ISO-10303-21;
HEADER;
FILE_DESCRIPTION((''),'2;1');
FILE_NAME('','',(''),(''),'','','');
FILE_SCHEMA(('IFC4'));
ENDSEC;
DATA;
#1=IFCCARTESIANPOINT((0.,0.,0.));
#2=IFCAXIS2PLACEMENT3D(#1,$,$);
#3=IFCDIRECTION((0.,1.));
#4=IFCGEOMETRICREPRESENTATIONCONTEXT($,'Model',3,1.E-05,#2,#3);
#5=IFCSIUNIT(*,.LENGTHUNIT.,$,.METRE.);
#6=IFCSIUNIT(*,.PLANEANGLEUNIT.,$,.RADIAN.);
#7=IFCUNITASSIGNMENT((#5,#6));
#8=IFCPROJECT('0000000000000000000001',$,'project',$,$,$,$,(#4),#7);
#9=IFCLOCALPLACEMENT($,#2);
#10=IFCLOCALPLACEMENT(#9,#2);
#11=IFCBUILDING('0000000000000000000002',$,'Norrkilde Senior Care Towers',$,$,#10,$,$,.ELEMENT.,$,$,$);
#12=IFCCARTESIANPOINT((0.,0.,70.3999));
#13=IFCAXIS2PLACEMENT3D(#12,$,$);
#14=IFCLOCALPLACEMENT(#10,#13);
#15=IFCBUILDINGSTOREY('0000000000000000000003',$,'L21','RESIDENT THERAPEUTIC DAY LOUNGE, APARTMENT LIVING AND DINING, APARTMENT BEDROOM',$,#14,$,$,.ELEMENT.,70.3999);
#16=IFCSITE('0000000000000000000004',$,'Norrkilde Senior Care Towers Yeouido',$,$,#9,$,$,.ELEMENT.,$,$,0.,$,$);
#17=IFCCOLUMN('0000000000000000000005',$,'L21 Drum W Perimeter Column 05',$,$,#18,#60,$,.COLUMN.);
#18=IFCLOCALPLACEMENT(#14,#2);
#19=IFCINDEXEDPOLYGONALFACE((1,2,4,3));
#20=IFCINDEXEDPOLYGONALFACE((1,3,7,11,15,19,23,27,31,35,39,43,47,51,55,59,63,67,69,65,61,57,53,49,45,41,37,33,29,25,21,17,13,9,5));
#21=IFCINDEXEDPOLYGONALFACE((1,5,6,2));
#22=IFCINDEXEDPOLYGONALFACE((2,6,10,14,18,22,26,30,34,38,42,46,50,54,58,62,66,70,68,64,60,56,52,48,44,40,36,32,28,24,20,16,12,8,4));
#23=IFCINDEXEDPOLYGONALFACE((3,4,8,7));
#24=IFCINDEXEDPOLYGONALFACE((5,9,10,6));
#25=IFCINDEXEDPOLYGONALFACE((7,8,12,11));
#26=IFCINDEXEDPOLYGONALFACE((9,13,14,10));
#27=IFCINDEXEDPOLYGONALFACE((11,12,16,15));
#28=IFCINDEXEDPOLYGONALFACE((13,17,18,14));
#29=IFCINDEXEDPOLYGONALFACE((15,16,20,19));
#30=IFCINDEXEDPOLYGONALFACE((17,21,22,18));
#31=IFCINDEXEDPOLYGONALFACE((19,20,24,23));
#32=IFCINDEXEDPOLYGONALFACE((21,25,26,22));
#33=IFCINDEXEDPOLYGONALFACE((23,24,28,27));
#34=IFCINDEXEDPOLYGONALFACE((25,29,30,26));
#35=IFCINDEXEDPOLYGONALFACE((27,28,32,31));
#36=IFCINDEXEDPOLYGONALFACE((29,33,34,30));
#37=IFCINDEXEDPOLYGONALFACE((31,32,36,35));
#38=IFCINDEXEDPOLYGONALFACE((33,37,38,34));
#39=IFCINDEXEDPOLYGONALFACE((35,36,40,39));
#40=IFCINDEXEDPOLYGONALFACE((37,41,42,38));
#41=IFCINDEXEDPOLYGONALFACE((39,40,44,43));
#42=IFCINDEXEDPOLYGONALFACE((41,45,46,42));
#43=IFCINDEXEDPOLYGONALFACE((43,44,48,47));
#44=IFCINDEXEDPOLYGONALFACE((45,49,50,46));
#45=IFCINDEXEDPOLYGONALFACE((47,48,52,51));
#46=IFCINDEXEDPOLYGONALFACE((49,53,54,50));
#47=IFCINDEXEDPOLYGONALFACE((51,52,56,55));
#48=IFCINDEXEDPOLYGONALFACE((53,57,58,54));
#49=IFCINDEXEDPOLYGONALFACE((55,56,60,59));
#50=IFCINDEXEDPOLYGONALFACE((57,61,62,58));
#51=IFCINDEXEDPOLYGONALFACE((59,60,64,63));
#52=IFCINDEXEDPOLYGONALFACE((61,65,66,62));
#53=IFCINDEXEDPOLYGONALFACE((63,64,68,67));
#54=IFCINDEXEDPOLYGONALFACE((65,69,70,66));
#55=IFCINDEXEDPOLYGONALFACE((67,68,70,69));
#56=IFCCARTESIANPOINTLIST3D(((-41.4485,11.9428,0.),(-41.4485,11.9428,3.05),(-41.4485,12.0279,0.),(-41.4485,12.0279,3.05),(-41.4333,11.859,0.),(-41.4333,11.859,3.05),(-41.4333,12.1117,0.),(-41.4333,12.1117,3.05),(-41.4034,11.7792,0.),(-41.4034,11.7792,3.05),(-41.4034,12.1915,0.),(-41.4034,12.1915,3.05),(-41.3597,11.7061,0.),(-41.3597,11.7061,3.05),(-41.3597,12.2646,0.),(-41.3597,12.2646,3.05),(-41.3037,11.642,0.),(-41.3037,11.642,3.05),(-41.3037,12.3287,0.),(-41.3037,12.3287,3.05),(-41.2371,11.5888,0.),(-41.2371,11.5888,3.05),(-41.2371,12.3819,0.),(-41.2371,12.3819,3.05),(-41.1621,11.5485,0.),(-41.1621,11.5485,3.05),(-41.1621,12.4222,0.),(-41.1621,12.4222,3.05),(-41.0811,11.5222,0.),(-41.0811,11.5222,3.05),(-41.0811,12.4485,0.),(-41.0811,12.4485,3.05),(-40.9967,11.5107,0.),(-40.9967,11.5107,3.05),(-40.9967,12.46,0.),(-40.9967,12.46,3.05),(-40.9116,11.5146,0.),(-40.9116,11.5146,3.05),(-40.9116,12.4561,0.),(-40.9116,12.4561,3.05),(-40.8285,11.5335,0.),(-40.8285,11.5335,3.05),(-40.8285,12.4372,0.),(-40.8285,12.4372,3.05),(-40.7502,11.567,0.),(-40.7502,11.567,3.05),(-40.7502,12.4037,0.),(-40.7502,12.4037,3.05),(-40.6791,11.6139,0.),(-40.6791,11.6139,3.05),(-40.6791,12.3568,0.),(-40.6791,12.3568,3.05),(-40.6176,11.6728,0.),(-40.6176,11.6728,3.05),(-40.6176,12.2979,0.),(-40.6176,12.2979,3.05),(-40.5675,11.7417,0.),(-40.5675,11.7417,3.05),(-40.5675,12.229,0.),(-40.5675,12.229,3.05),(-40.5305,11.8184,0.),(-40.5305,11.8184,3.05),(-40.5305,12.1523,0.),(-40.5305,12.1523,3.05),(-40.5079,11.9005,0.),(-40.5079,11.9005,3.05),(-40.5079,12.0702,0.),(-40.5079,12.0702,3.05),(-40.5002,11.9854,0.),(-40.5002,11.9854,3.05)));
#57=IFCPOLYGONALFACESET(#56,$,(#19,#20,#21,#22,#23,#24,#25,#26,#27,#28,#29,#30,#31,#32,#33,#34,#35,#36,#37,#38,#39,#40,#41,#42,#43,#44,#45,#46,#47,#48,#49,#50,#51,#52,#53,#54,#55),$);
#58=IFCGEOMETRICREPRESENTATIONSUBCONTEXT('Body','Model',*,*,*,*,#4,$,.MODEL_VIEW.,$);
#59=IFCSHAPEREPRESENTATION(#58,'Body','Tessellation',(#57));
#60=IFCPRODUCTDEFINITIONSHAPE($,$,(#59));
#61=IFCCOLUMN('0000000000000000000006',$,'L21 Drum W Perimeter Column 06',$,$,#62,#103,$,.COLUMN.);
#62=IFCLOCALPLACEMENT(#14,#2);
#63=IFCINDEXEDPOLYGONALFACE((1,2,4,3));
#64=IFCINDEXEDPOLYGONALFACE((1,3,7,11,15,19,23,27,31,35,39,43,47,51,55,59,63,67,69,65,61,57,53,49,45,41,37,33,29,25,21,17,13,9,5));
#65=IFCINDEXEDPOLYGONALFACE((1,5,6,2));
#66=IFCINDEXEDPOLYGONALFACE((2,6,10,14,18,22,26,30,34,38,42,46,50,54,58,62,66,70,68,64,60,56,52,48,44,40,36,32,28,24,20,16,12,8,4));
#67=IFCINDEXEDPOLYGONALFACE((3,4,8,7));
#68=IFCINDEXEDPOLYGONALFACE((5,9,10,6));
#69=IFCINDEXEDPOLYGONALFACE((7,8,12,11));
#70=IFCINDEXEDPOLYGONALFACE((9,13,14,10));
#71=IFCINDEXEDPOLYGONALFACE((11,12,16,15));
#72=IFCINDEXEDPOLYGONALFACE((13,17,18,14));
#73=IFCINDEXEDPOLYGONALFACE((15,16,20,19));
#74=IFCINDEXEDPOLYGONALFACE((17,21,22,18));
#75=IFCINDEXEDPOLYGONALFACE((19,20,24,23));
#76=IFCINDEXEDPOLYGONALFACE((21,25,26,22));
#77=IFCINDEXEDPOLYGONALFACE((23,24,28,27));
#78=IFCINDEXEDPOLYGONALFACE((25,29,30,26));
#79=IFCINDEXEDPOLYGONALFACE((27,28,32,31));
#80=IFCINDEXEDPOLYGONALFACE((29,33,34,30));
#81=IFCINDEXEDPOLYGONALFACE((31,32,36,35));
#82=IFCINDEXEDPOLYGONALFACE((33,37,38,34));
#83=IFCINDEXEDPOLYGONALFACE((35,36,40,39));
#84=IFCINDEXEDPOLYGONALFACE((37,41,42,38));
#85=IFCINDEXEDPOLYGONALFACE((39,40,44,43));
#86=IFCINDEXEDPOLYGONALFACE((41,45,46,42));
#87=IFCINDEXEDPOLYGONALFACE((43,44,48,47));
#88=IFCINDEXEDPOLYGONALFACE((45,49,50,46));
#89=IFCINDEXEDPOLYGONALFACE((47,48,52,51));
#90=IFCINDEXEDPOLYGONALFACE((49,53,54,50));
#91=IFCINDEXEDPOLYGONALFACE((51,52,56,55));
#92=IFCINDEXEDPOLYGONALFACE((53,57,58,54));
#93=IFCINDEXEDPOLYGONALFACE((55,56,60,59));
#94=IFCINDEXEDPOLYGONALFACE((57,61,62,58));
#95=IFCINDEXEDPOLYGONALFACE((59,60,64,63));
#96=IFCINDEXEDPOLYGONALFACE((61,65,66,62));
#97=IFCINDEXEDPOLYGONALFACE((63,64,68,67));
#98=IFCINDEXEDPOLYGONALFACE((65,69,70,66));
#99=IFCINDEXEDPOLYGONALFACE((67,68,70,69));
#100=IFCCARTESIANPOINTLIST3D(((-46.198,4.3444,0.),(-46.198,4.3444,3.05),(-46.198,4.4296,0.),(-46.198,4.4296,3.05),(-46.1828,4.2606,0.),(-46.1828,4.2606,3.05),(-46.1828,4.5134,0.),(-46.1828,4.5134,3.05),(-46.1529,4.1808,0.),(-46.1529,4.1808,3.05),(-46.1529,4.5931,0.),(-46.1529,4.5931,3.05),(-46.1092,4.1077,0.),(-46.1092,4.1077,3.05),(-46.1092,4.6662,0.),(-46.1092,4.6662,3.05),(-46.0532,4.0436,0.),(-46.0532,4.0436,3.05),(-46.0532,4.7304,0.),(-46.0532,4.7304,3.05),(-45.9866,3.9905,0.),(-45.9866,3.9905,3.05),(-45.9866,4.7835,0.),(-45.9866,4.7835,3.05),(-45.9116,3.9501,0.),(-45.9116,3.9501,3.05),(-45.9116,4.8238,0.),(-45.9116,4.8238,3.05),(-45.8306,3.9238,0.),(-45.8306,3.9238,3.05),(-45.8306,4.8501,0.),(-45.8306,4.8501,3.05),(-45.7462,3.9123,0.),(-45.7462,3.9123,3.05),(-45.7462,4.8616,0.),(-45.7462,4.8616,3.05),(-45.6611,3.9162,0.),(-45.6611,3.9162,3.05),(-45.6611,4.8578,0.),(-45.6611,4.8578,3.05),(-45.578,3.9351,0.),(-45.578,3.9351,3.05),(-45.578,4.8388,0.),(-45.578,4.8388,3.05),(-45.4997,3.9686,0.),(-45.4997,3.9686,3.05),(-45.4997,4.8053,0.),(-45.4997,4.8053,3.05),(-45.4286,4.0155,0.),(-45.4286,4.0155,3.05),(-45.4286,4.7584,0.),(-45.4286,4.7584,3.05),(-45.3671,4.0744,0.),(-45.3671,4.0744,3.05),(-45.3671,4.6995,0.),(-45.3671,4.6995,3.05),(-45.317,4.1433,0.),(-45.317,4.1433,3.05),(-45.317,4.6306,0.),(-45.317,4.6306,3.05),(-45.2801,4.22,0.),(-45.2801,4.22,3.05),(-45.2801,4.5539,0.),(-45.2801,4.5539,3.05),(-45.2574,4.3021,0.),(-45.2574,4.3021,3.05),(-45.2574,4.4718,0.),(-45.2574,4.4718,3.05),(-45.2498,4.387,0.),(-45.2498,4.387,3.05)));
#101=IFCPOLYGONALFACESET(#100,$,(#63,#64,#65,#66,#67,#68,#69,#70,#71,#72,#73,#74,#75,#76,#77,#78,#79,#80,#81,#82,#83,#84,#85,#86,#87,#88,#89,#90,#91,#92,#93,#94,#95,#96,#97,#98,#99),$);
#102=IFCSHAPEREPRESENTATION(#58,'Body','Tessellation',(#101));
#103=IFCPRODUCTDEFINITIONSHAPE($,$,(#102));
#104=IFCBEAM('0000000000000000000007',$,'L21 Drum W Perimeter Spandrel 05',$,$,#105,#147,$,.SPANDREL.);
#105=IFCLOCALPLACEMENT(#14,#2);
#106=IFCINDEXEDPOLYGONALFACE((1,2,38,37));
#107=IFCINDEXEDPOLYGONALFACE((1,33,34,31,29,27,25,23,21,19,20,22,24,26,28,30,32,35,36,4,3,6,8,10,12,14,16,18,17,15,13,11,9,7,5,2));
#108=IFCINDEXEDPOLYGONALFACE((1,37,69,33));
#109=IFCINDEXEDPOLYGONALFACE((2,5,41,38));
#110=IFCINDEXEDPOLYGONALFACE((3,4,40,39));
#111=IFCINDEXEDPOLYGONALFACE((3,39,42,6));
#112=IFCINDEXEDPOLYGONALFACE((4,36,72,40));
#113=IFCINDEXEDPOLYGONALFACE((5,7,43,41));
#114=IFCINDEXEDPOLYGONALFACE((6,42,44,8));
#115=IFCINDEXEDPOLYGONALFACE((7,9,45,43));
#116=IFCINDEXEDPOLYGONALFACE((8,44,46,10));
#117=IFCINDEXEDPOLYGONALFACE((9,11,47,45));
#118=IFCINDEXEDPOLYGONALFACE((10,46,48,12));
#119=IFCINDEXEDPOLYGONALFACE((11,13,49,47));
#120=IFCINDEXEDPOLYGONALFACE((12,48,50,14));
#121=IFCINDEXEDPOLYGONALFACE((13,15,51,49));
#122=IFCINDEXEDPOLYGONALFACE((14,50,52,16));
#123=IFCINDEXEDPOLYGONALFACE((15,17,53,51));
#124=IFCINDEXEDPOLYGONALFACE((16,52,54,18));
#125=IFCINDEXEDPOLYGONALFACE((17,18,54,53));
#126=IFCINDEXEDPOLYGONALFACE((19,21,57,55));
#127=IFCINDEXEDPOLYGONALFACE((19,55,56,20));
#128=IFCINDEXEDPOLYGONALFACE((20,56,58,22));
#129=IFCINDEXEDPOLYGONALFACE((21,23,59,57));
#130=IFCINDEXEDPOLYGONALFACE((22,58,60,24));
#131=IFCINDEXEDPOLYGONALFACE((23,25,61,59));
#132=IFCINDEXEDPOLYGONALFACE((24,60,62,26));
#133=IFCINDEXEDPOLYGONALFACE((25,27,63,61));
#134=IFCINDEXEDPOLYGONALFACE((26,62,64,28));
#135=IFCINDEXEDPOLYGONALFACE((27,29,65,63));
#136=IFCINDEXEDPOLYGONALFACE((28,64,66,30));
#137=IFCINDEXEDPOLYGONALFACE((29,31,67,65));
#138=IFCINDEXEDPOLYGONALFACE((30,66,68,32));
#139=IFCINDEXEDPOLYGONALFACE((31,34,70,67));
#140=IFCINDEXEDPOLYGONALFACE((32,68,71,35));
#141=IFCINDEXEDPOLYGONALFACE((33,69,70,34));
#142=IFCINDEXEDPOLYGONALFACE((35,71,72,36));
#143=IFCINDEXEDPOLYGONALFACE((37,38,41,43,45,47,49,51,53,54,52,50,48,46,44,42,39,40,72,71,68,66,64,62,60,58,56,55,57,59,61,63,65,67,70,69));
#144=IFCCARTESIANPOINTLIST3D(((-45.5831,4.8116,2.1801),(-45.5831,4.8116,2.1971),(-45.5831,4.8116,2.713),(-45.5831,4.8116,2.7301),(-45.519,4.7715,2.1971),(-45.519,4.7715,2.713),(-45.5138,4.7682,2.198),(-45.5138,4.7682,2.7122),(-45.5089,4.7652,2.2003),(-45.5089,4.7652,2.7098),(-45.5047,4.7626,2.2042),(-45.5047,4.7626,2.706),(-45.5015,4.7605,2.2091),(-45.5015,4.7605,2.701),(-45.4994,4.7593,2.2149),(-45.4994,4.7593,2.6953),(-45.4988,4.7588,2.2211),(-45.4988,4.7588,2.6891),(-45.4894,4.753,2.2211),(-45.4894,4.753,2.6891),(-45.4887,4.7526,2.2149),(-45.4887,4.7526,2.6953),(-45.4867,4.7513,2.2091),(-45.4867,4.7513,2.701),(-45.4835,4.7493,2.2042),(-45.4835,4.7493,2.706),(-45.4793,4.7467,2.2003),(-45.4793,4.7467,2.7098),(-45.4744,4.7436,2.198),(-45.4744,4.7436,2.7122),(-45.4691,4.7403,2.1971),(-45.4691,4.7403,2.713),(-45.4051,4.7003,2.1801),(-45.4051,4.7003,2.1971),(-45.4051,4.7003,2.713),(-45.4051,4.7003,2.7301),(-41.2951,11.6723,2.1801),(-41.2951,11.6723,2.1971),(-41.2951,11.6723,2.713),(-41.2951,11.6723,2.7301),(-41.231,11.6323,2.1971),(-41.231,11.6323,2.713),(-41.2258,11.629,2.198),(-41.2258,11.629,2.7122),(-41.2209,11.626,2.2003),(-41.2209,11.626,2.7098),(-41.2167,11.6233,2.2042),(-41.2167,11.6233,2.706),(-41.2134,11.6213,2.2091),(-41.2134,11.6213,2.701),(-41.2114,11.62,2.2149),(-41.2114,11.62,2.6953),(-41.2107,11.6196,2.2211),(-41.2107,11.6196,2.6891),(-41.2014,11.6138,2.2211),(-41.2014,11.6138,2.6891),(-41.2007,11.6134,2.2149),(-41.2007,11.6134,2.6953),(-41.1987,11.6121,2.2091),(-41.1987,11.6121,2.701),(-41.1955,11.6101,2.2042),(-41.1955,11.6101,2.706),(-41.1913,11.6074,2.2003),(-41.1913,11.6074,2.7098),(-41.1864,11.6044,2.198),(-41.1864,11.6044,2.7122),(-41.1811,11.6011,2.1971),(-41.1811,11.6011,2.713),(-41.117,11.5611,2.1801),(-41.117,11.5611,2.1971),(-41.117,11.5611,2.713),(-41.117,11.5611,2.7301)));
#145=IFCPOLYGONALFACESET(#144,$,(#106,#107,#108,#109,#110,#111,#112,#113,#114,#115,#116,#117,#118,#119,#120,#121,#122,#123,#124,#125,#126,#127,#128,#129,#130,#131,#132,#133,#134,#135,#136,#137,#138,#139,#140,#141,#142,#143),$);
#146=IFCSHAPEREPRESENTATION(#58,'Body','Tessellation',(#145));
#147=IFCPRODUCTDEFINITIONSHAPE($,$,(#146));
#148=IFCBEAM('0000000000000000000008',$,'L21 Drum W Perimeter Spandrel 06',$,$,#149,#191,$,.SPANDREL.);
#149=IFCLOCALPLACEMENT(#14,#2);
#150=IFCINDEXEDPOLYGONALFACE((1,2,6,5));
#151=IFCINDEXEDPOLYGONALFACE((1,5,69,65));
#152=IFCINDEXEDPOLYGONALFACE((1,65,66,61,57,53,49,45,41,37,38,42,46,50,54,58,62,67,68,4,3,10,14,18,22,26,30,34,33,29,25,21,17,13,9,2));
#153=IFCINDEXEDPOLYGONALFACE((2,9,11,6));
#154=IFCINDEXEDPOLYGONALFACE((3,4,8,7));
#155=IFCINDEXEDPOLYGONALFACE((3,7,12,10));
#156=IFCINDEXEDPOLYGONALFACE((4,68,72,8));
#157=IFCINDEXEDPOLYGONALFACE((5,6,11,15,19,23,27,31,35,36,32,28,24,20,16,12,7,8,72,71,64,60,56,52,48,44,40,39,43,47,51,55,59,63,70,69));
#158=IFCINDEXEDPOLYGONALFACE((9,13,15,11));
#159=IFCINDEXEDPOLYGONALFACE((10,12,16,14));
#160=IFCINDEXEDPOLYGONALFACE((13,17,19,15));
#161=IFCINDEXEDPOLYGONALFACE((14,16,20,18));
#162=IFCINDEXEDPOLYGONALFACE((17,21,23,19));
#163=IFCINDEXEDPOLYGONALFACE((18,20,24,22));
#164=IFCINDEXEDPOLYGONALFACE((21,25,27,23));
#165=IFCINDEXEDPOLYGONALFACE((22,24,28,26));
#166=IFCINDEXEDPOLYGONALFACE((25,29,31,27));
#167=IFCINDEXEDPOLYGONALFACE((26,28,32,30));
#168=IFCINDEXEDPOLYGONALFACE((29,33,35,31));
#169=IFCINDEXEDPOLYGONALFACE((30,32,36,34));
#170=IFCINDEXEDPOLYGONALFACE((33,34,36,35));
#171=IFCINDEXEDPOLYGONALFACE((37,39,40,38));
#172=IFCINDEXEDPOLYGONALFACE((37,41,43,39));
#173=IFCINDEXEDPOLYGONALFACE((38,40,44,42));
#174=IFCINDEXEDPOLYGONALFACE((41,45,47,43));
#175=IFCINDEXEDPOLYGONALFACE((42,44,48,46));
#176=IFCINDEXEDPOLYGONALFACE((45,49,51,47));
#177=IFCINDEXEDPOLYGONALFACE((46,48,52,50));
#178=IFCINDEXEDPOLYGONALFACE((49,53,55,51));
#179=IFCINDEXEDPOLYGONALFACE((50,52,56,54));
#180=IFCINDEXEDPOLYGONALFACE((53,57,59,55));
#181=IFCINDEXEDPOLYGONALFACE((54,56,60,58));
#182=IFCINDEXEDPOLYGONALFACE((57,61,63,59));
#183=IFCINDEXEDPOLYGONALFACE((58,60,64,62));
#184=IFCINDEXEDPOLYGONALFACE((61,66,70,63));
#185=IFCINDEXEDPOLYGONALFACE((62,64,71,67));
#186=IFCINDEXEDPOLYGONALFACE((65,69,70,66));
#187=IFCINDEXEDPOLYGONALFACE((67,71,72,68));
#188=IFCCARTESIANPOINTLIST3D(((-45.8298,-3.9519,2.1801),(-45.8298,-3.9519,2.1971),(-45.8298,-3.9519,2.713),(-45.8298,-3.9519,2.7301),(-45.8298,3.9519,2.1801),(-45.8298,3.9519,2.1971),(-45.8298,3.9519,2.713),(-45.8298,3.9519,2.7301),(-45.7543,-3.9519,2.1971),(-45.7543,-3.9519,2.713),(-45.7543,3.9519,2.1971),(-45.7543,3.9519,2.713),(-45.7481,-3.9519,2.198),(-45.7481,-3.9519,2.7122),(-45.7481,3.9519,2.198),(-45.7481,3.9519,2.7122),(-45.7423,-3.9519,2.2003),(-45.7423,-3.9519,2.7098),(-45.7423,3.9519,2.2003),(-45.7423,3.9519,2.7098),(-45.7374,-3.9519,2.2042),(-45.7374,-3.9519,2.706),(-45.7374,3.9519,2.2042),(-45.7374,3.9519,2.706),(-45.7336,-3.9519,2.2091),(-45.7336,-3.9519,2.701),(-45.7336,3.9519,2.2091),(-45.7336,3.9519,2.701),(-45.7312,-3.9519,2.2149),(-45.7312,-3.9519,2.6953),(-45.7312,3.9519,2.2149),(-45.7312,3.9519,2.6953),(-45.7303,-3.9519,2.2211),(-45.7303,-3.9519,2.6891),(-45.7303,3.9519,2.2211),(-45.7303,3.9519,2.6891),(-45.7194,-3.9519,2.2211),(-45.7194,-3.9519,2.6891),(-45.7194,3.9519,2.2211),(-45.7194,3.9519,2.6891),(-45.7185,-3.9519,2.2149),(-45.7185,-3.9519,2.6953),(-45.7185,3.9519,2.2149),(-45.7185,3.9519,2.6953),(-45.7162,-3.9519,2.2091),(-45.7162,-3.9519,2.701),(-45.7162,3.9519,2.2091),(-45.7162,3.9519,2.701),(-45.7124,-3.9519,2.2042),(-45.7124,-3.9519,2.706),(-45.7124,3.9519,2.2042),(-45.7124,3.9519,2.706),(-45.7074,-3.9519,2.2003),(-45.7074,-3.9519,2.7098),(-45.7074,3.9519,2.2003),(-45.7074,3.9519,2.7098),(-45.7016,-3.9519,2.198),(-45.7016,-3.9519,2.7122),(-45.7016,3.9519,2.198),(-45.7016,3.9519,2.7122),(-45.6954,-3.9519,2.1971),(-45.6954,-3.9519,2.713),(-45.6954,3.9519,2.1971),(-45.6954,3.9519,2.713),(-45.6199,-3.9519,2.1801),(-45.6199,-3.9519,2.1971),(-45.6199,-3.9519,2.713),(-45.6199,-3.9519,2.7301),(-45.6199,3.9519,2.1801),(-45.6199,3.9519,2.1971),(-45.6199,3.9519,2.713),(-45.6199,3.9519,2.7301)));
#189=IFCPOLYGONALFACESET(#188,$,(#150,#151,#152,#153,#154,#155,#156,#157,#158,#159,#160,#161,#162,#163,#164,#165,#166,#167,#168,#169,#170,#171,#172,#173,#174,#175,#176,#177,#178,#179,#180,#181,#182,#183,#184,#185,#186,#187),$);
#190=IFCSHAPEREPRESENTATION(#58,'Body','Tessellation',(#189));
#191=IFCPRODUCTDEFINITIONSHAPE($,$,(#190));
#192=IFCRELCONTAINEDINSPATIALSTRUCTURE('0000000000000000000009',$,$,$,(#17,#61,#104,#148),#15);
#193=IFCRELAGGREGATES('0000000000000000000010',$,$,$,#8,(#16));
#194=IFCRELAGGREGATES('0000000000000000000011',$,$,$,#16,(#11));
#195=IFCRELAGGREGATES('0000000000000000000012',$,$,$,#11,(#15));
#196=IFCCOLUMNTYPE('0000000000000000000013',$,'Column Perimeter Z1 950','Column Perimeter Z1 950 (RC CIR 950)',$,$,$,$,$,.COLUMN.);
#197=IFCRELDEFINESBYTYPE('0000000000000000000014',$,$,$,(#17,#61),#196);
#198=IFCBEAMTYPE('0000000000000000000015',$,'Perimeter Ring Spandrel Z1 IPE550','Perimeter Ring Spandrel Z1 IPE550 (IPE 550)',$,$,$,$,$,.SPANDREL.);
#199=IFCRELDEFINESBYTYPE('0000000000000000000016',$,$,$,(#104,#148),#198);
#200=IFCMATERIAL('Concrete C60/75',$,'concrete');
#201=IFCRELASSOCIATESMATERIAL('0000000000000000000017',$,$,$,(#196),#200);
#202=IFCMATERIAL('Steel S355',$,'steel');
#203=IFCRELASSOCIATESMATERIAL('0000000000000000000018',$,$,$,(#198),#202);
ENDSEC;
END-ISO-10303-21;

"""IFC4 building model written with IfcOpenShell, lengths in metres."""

from ifc_helpers import new_model, si_unit, direction, frame, origin, origin_2d, place, context, subcontext, project, spatial, circle, i_section, extrude, source, transform, mapped, material, material_profile, profile_set, type_object, type_shapes, element, save


model = new_model("IFC4")

# Units and contexts
model_context = context("Model", 3, precision=1e-05, world=origin(), true_north=direction((0.0, 1.0)))
body_context = subcontext(model_context, "Body", "Model", "MODEL_VIEW")
ifc_project = project(units=[si_unit("LENGTHUNIT", "METRE"), si_unit("PLANEANGLEUNIT", "RADIAN")], contexts=[model_context])

# Site, building, storey
site_placement = place(None, origin())
site = spatial("IfcSite", under=ifc_project, at=site_placement, Name="Norrkilde Senior Care Towers Yeouido", CompositionType="ELEMENT", RefElevation=0.0)
building_placement = place(site_placement, origin())
building = spatial("IfcBuilding", under=site, at=building_placement, Name="Norrkilde Senior Care Towers", CompositionType="ELEMENT")
storey_placement = place(building_placement, frame((0.0, 0.0, 70.3999)))
storey = spatial("IfcBuildingStorey", under=building, at=storey_placement, Name="L21", Description="RESIDENT THERAPEUTIC DAY LOUNGE, APARTMENT LIVING AND DINING, APARTMENT BEDROOM", CompositionType="ELEMENT", Elevation=70.3999)

# Columns
ifc_material_1 = material(Name="Concrete C60/75", Category="concrete")
ifc_material_profile_1 = material_profile(ifc_material_1, circle(Radius=0.4751, at=origin_2d()), Name="RC CIR 950")
ifc_profile_set_1 = profile_set([ifc_material_profile_1], Name="Concrete C60/75")
column_type = type_object("IfcColumnType", Name="Column Perimeter Z1 950", Description="Column Perimeter Z1 950 (RC CIR 950)", PredefinedType="COLUMN", material=ifc_profile_set_1)
shared_shape_1 = source(origin(), body_context, "Body", "SweptSolid", [
    extrude(circle(Radius=0.4751, at=origin_2d()), origin(), (0.0, 0.0, 1.0), 3.05),
])
type_shapes(column_type, [shared_shape_1])
for number, where, z_axis, x_axis, name in (
    (1, (-40.9753, 11.9854, 0.0), (0.0, 0.0, 1.0), (1.0, 0.0, 0.0), "L21 Drum W Perimeter Column 05"),
    (2, (-45.7249, 4.387, 0.0), (0.0, 0.0, 1.0), (1.0, 0.0, 0.0), "L21 Drum W Perimeter Column 06"),
):
    element("IfcColumn", number, at=place(storey_placement, frame(where, z_axis=z_axis, x_axis=x_axis)), inside=storey, type_object=column_type, Name=name, PredefinedType="COLUMN", context=body_context, shape_type="MappedRepresentation", body=[
        mapped(shared_shape_1, transform((0.0, 0.0, 0.0), x_axis=(1.0, 0.0, 0.0), y_axis=(0.0, 1.0, 0.0), z_axis=(0.0, 0.0, 1.0), scale=1.0)),
    ])

# Beams
ifc_material_2 = material(Name="Steel S355", Category="steel")
ifc_material_profile_2 = material_profile(ifc_material_2, i_section(OverallWidth=0.21, OverallDepth=0.55, WebThickness=0.011, FlangeThickness=0.0171, FilletRadius=0.0239, at=origin_2d()), Name="IPE 550")
ifc_profile_set_2 = profile_set([ifc_material_profile_2], Name="Steel S355")
beam_type_1 = type_object("IfcBeamType", Name="Perimeter Ring Spandrel Z1 IPE550", Description="Perimeter Ring Spandrel Z1 IPE550 (IPE 550)", PredefinedType="SPANDREL", material=ifc_profile_set_2)
shared_shape_2 = source(origin(), body_context, "Body", "SweptSolid", [
    extrude(i_section(OverallWidth=0.21, OverallDepth=0.55, WebThickness=0.011, FlangeThickness=0.0171, FilletRadius=0.0239, at=origin_2d()), origin(), (0.0, 0.0, 1.0), 8.0906),
])
beam_1_placement = place(storey_placement, frame((-41.2061, 11.6167, 2.4551), z_axis=(-0.530004, -0.847995, 0.0), x_axis=(0.847995, -0.530004, 0.0)))
element("IfcBeam", 3, at=beam_1_placement, inside=storey, type_object=beam_type_1, Name="L21 Drum W Perimeter Spandrel 05", PredefinedType="SPANDREL", context=body_context, shape_type="MappedRepresentation", body=[
    mapped(shared_shape_2, transform((0.0, 0.0, 0.0), x_axis=(1.0, 0.0, 0.0), y_axis=(0.0, 1.0, 0.0), z_axis=(0.0, 0.0, 1.0), scale=1.0)),
])
shared_shape_3 = source(origin(), body_context, "Body", "SweptSolid", [
    extrude(i_section(OverallWidth=0.21, OverallDepth=0.55, WebThickness=0.011, FlangeThickness=0.0171, FilletRadius=0.0239, at=origin_2d()), origin(), (0.0, 0.0, 1.0), 7.9038),
])
type_shapes(beam_type_1, [shared_shape_2, shared_shape_3])
beam_2_placement = place(storey_placement, frame((-45.7249, 3.9519, 2.4551), z_axis=(0.0, -1.0, 0.0), x_axis=(1.0, 0.0, 0.0)))
element("IfcBeam", 4, at=beam_2_placement, inside=storey, type_object=beam_type_1, Name="L21 Drum W Perimeter Spandrel 06", PredefinedType="SPANDREL", context=body_context, shape_type="MappedRepresentation", body=[
    mapped(shared_shape_3, transform((0.0, 0.0, 0.0), x_axis=(1.0, 0.0, 0.0), y_axis=(0.0, 1.0, 0.0), z_axis=(0.0, 0.0, 1.0), scale=1.0)),
])

save(model, "model.ifc")
